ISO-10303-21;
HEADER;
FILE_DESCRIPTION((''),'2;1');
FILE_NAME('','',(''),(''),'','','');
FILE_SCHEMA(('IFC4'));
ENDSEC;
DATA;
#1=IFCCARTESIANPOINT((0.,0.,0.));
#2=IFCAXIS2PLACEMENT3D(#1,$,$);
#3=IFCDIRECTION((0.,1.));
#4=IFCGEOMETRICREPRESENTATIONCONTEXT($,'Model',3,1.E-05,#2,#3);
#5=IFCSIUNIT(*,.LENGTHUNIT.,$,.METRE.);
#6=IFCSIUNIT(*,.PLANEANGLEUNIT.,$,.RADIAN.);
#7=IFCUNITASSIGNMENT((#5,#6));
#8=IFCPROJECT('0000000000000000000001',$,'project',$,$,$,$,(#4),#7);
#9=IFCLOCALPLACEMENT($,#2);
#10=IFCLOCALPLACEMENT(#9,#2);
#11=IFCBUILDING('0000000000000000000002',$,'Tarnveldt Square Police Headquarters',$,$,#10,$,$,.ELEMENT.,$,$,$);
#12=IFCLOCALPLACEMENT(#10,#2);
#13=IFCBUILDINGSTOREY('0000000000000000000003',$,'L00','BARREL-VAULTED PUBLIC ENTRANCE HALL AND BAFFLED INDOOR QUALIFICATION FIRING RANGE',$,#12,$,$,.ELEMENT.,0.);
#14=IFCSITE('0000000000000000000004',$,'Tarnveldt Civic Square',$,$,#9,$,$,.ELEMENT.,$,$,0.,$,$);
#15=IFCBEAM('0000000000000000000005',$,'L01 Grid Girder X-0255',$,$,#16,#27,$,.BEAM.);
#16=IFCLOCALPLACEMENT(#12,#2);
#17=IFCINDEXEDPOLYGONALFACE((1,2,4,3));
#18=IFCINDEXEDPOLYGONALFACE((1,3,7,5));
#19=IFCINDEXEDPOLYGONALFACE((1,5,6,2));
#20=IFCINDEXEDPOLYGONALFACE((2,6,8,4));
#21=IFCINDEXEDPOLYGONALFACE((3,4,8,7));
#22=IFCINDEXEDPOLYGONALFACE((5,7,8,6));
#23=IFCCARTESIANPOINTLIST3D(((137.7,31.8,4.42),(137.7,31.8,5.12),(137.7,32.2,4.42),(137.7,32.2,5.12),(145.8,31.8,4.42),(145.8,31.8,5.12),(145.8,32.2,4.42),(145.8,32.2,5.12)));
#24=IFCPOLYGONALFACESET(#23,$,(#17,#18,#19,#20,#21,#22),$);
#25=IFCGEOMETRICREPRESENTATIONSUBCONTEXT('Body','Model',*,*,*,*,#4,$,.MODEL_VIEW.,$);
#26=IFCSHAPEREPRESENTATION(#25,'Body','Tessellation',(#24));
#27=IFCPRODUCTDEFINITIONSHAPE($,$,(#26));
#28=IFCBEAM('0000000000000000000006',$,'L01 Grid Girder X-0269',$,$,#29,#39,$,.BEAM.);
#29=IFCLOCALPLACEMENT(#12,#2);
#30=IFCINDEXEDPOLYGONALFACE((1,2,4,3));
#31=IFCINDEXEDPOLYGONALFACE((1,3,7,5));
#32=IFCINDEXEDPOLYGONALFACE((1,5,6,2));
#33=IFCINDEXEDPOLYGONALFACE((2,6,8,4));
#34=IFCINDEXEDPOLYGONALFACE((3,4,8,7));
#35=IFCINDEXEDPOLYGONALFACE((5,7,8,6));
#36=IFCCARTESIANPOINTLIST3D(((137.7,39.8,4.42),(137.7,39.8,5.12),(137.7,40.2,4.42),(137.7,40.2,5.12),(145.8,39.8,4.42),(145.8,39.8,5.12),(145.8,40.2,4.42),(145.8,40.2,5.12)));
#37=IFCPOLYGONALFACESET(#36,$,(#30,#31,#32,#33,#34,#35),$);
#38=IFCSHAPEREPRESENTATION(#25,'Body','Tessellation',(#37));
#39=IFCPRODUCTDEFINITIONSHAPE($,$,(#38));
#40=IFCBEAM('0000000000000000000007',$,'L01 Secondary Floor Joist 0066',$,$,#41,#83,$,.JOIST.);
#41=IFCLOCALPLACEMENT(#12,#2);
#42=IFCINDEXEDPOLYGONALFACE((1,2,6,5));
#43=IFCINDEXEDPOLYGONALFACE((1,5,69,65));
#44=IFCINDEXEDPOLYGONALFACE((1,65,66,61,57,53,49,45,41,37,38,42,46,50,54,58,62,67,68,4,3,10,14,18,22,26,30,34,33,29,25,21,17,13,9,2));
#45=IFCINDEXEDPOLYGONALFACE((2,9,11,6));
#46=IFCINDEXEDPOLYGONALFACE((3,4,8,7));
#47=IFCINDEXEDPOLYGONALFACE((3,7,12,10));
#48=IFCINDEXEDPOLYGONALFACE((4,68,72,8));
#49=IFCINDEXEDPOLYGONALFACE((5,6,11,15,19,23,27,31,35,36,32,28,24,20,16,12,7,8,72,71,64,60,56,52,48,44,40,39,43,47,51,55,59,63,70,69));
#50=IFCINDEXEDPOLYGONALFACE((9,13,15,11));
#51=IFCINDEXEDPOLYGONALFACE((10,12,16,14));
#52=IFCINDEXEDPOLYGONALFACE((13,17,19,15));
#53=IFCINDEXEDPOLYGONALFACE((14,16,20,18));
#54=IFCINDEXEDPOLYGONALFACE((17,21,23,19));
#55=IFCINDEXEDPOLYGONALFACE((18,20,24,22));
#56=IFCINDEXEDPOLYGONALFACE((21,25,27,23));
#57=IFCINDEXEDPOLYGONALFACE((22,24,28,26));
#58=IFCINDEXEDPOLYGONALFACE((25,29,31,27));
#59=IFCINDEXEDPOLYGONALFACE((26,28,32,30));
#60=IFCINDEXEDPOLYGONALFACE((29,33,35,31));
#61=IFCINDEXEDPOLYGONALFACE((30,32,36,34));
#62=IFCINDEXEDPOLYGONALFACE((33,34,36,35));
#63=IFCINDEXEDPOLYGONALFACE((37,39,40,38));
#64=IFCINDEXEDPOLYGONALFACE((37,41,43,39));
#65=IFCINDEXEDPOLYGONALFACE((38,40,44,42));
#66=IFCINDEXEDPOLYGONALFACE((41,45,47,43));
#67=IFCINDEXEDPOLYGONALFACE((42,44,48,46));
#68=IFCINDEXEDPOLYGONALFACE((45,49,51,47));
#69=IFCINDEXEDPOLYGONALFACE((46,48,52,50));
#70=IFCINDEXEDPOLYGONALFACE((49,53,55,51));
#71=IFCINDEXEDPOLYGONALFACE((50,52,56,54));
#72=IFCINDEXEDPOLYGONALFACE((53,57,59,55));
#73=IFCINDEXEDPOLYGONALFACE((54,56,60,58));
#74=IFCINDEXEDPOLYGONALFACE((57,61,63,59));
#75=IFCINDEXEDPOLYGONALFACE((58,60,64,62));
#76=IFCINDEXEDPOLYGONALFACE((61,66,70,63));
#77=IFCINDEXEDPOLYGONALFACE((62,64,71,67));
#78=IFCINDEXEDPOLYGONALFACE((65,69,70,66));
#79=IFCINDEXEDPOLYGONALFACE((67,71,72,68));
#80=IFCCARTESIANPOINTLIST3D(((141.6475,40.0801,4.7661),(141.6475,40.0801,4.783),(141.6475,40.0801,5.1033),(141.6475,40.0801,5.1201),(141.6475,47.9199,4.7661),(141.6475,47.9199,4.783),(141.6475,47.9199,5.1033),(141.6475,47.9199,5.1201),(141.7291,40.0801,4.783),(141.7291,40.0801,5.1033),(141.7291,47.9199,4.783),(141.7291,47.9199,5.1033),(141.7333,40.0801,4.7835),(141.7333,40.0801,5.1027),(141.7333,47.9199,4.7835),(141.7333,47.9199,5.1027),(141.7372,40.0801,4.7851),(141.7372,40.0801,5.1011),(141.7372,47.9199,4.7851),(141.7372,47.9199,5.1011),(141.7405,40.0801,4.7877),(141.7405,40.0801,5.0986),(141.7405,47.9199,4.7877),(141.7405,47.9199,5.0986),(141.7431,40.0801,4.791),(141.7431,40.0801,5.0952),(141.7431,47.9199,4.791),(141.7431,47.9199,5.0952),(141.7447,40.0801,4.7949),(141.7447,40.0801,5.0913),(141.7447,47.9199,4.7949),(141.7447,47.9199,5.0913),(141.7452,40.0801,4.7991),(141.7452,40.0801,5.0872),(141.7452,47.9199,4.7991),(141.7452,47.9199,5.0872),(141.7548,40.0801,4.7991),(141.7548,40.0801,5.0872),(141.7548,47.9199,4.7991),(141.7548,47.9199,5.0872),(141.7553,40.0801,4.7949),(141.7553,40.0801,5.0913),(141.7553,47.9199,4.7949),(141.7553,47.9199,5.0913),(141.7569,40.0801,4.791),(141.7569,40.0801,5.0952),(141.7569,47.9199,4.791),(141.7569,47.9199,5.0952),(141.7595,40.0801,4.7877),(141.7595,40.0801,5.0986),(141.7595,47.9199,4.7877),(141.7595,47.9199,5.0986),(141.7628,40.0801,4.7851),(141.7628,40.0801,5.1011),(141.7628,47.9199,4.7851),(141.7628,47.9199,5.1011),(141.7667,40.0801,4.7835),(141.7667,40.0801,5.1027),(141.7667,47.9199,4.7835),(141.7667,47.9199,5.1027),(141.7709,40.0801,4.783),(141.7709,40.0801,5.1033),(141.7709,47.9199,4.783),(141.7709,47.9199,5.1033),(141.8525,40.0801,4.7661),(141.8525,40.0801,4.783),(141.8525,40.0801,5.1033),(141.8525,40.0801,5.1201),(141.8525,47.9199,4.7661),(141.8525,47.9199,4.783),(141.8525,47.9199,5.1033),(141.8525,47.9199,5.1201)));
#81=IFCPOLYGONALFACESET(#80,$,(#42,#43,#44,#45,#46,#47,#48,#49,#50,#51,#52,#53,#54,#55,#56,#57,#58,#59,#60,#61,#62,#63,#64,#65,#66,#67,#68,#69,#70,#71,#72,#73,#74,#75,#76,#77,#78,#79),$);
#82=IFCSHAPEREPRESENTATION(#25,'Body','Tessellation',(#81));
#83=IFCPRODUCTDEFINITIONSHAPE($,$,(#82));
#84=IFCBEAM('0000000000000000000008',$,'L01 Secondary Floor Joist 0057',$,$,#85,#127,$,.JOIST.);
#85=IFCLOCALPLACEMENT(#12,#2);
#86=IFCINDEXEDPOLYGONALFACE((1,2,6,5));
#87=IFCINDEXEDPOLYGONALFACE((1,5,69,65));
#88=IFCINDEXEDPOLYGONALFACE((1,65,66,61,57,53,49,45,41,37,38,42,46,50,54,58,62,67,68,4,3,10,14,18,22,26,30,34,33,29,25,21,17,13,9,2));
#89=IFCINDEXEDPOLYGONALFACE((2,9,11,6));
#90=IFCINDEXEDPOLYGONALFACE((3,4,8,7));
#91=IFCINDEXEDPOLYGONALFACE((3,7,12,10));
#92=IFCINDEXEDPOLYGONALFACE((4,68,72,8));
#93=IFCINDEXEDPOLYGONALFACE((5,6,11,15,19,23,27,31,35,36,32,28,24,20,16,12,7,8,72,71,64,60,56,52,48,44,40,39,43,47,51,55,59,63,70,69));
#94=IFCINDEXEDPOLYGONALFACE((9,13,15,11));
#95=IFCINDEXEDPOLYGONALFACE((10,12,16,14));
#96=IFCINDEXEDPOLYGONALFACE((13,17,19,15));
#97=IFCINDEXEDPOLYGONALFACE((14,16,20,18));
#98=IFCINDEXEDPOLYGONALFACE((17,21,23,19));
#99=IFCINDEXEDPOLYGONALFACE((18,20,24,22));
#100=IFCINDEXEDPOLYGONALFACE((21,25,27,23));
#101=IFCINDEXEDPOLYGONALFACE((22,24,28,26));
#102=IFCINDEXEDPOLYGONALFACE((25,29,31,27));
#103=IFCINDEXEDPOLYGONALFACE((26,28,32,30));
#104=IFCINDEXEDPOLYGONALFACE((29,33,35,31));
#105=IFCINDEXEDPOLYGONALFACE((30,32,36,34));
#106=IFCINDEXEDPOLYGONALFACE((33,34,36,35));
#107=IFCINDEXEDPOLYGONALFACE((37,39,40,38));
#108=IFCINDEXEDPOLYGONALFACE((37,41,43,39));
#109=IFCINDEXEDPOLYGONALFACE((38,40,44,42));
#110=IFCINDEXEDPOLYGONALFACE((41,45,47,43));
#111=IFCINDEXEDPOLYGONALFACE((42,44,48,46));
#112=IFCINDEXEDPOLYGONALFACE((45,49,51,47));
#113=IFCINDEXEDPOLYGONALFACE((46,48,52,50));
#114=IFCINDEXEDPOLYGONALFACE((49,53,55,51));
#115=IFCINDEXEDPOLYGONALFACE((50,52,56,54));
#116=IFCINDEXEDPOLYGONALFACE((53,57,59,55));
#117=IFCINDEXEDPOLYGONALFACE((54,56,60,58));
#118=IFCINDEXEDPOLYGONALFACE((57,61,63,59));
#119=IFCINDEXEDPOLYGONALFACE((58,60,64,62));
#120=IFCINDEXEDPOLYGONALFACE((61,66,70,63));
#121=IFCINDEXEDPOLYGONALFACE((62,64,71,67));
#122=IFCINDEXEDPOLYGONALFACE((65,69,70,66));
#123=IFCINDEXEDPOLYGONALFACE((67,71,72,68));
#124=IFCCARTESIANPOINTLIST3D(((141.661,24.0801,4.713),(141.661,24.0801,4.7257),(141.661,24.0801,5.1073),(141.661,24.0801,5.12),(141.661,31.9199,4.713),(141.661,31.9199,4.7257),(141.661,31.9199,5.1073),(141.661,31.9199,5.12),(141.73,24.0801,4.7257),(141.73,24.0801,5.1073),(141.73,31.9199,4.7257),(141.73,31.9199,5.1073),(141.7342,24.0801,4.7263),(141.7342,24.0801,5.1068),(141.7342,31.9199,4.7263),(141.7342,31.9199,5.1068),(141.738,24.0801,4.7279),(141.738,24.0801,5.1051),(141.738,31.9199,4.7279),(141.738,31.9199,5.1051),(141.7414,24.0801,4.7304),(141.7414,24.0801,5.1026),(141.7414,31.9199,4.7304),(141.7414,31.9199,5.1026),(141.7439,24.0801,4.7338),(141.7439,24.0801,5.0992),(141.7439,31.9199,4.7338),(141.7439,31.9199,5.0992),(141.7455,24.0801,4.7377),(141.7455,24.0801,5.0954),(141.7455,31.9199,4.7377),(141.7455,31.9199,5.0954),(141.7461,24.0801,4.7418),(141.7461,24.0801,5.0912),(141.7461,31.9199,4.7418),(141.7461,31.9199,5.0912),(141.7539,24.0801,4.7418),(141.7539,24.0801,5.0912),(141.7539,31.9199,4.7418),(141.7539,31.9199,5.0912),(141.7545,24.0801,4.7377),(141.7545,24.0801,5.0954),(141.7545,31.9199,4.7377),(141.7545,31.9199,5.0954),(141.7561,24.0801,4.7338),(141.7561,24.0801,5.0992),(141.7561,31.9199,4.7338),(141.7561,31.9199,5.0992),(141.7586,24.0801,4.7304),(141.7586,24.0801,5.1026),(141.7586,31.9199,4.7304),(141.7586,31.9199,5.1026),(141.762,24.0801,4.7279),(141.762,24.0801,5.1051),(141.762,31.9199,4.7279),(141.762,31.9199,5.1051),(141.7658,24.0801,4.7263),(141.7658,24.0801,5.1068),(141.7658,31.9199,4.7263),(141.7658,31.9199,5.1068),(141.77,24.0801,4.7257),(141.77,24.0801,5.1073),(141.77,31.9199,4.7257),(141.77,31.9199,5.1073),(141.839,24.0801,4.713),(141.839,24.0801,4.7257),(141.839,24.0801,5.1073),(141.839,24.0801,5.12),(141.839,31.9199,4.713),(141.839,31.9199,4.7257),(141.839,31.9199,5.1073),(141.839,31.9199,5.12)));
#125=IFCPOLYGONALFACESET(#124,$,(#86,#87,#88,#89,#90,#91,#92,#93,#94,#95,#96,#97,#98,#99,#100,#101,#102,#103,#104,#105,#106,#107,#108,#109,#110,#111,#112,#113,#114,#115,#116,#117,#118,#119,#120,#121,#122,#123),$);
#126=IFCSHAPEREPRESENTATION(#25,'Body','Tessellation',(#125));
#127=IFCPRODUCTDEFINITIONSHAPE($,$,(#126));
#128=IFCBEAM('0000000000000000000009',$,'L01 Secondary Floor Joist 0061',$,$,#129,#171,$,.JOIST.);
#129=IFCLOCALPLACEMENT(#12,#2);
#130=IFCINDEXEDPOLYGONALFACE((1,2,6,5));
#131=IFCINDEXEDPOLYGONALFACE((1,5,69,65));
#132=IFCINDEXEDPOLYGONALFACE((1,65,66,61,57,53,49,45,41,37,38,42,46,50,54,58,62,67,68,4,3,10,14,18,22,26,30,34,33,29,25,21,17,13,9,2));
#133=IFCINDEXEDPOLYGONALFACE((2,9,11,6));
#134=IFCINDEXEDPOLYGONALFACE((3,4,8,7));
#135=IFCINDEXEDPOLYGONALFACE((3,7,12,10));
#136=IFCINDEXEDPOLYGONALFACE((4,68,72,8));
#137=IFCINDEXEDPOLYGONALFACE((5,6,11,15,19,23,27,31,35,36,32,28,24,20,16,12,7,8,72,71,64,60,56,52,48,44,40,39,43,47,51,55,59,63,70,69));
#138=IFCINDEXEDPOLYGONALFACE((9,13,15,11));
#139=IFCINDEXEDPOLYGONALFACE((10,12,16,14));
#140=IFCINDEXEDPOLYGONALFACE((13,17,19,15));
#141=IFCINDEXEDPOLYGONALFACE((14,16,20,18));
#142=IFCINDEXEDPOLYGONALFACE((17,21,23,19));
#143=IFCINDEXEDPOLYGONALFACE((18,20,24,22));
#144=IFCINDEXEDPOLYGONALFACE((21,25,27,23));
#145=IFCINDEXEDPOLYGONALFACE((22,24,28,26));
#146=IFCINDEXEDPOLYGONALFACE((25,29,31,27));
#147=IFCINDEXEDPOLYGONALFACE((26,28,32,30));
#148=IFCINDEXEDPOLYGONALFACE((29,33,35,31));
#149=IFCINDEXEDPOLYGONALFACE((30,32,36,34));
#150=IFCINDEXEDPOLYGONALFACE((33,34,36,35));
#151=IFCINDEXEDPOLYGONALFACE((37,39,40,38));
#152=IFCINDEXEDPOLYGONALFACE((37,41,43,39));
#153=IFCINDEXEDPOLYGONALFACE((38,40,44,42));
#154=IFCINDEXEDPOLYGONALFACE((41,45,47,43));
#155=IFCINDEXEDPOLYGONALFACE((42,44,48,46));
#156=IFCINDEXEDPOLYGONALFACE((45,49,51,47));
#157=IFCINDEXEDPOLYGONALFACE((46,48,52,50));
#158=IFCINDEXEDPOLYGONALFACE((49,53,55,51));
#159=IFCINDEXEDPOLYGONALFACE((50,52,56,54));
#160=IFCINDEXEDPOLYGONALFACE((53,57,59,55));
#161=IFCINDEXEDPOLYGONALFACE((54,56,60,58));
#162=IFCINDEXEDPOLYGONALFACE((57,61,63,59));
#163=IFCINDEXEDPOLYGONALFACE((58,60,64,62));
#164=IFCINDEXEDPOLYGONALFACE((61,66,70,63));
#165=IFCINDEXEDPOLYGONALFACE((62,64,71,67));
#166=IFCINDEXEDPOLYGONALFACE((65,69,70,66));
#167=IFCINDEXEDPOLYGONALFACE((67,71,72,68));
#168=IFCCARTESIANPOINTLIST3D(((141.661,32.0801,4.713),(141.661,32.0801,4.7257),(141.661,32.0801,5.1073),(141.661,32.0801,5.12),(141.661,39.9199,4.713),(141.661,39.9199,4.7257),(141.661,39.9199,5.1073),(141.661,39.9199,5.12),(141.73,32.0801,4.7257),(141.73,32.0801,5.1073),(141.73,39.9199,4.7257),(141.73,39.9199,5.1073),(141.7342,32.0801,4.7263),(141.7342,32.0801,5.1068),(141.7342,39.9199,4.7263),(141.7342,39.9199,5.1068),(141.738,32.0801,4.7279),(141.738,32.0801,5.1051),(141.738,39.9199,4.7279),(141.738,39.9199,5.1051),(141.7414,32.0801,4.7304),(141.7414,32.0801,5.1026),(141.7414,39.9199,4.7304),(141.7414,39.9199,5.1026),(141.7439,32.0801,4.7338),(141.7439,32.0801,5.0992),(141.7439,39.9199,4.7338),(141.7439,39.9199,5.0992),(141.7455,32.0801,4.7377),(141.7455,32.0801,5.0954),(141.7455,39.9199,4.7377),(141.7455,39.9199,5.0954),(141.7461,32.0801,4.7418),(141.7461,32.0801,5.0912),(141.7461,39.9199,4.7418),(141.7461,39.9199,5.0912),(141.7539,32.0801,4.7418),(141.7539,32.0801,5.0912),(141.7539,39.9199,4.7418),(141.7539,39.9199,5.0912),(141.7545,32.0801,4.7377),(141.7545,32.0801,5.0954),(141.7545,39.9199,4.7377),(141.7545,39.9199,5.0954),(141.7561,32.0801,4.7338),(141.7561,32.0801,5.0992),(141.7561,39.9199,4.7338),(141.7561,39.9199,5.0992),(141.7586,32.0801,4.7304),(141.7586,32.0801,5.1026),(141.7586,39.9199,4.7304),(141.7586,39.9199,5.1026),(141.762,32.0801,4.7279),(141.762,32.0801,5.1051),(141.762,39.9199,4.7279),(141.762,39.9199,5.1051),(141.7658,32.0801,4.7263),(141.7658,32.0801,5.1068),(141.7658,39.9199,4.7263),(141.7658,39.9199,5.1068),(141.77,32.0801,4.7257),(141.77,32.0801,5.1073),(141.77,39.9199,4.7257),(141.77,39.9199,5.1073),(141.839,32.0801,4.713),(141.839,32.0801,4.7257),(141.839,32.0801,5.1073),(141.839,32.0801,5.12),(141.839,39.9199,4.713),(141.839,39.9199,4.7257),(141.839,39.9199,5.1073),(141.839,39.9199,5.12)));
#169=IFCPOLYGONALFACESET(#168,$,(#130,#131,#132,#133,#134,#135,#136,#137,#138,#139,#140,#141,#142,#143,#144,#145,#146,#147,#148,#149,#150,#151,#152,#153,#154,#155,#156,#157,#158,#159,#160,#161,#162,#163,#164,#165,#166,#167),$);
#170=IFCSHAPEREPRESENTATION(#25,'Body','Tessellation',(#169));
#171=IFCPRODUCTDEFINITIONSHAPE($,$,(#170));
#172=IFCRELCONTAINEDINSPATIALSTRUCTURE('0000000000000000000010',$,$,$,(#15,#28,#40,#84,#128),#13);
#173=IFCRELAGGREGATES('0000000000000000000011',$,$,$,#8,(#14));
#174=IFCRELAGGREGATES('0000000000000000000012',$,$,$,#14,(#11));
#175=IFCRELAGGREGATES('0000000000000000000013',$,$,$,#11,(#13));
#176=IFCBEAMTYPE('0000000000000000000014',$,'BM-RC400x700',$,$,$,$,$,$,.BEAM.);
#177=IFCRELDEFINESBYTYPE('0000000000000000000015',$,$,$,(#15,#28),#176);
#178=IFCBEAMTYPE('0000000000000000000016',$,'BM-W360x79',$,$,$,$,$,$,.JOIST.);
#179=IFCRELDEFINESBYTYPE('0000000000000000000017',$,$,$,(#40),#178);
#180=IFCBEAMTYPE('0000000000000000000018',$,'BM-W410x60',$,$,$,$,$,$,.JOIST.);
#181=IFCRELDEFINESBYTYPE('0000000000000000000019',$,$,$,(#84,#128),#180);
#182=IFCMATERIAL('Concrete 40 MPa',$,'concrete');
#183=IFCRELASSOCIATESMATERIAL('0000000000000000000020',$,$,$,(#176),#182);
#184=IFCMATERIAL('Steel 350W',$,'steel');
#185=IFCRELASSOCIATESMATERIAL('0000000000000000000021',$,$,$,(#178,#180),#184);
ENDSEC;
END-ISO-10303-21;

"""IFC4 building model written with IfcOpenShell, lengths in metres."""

from ifc_helpers import new_model, si_unit, direction, frame, origin, origin_2d, place, context, subcontext, project, spatial, rectangle, i_section, extrude, material, material_profile, profile_set, type_object, element, save


model = new_model("IFC4")

# Units and contexts
model_context = context("Model", 3, precision=1e-05, world=origin(), true_north=direction((0.0, 1.0)))
body_context = subcontext(model_context, "Body", "Model", "MODEL_VIEW")
ifc_project = project(units=[si_unit("LENGTHUNIT", "METRE"), si_unit("PLANEANGLEUNIT", "RADIAN")], contexts=[model_context])

# Site, building, storey
site_placement = place(None, origin())
site = spatial("IfcSite", under=ifc_project, at=site_placement, Name="Tarnveldt Civic Square", CompositionType="ELEMENT", RefElevation=0.0)
building_placement = place(site_placement, origin())
building = spatial("IfcBuilding", under=site, at=building_placement, Name="Tarnveldt Square Police Headquarters", CompositionType="ELEMENT")
storey_placement = place(building_placement, origin())
storey = spatial("IfcBuildingStorey", under=building, at=storey_placement, Name="L00", Description="BARREL-VAULTED PUBLIC ENTRANCE HALL AND BAFFLED INDOOR QUALIFICATION FIRING RANGE", CompositionType="ELEMENT", Elevation=0.0)

# Shared definitions
ifc_material_1 = material(Name="Concrete 40 MPa", Category="concrete")

# Beams
ifc_material_profile_1 = material_profile(ifc_material_1, rectangle(XDim=0.3999, YDim=0.7, at=origin_2d()), Name="RC-B400x700")
ifc_profile_set_1 = profile_set([ifc_material_profile_1], Name="Concrete 40 MPa")
beam_type_1 = type_object("IfcBeamType", Name="BM-RC400x700", PredefinedType="BEAM", material=ifc_profile_set_1)
for number, where, z_axis, x_axis, name in (
    (1, (137.7, 32.0, 4.77), (1.0, 0.0, 0.0), (0.0, 1.0, 0.0), "L01 Grid Girder X-0255"),
    (2, (137.7, 40.0, 4.77), (1.0, 0.0, 0.0), (0.0, 1.0, 0.0), "L01 Grid Girder X-0269"),
):
    element("IfcBeam", number, at=place(storey_placement, frame(where, z_axis=z_axis, x_axis=x_axis)), inside=storey, type_object=beam_type_1, Name=name, PredefinedType="BEAM", context=body_context, shape_type="SweptSolid", body=[
        extrude(rectangle(XDim=0.3999, YDim=0.7, at=origin_2d()), origin(), (0.0, 0.0, 1.0), 8.1001),
    ])
ifc_material_2 = material(Name="Steel 350W", Category="steel")
ifc_material_profile_2 = material_profile(ifc_material_2, i_section(OverallWidth=0.2051, OverallDepth=0.354, WebThickness=0.0095, FlangeThickness=0.0168, FilletRadius=0.0161, at=origin_2d()), Name="W360x79")
ifc_profile_set_2 = profile_set([ifc_material_profile_2], Name="Steel 350W")
beam_type_2 = type_object("IfcBeamType", Name="BM-W360x79", PredefinedType="JOIST", material=ifc_profile_set_2)
beam_1_placement = place(storey_placement, frame((141.75, 40.0801, 4.9431), z_axis=(0.0, 1.0, 0.0), x_axis=(-1.0, 0.0, 0.0)))
element("IfcBeam", 3, at=beam_1_placement, inside=storey, type_object=beam_type_2, Name="L01 Secondary Floor Joist 0066", PredefinedType="JOIST", context=body_context, shape_type="SweptSolid", body=[
    extrude(i_section(OverallWidth=0.2051, OverallDepth=0.354, WebThickness=0.0095, FlangeThickness=0.0168, FilletRadius=0.0161, at=origin_2d()), origin(), (0.0, 0.0, 1.0), 7.8398),
])
ifc_material_profile_3 = material_profile(ifc_material_2, i_section(OverallWidth=0.178, OverallDepth=0.407, WebThickness=0.0078, FlangeThickness=0.0127, FilletRadius=0.0161, at=origin_2d()), Name="W410x60")
ifc_profile_set_3 = profile_set([ifc_material_profile_3], Name="Steel 350W")
beam_type_3 = type_object("IfcBeamType", Name="BM-W410x60", PredefinedType="JOIST", material=ifc_profile_set_3)
for number, where, z_axis, x_axis, name in (
    (4, (141.75, 24.0801, 4.9165), (0.0, 1.0, 0.0), (-1.0, 0.0, 0.0), "L01 Secondary Floor Joist 0057"),
    (5, (141.75, 32.0801, 4.9165), (0.0, 1.0, 0.0), (-1.0, 0.0, 0.0), "L01 Secondary Floor Joist 0061"),
):
    element("IfcBeam", number, at=place(storey_placement, frame(where, z_axis=z_axis, x_axis=x_axis)), inside=storey, type_object=beam_type_3, Name=name, PredefinedType="JOIST", context=body_context, shape_type="SweptSolid", body=[
        extrude(i_section(OverallWidth=0.178, OverallDepth=0.407, WebThickness=0.0078, FlangeThickness=0.0127, FilletRadius=0.0161, at=origin_2d()), origin(), (0.0, 0.0, 1.0), 7.8398),
    ])

save(model, "model.ifc")
